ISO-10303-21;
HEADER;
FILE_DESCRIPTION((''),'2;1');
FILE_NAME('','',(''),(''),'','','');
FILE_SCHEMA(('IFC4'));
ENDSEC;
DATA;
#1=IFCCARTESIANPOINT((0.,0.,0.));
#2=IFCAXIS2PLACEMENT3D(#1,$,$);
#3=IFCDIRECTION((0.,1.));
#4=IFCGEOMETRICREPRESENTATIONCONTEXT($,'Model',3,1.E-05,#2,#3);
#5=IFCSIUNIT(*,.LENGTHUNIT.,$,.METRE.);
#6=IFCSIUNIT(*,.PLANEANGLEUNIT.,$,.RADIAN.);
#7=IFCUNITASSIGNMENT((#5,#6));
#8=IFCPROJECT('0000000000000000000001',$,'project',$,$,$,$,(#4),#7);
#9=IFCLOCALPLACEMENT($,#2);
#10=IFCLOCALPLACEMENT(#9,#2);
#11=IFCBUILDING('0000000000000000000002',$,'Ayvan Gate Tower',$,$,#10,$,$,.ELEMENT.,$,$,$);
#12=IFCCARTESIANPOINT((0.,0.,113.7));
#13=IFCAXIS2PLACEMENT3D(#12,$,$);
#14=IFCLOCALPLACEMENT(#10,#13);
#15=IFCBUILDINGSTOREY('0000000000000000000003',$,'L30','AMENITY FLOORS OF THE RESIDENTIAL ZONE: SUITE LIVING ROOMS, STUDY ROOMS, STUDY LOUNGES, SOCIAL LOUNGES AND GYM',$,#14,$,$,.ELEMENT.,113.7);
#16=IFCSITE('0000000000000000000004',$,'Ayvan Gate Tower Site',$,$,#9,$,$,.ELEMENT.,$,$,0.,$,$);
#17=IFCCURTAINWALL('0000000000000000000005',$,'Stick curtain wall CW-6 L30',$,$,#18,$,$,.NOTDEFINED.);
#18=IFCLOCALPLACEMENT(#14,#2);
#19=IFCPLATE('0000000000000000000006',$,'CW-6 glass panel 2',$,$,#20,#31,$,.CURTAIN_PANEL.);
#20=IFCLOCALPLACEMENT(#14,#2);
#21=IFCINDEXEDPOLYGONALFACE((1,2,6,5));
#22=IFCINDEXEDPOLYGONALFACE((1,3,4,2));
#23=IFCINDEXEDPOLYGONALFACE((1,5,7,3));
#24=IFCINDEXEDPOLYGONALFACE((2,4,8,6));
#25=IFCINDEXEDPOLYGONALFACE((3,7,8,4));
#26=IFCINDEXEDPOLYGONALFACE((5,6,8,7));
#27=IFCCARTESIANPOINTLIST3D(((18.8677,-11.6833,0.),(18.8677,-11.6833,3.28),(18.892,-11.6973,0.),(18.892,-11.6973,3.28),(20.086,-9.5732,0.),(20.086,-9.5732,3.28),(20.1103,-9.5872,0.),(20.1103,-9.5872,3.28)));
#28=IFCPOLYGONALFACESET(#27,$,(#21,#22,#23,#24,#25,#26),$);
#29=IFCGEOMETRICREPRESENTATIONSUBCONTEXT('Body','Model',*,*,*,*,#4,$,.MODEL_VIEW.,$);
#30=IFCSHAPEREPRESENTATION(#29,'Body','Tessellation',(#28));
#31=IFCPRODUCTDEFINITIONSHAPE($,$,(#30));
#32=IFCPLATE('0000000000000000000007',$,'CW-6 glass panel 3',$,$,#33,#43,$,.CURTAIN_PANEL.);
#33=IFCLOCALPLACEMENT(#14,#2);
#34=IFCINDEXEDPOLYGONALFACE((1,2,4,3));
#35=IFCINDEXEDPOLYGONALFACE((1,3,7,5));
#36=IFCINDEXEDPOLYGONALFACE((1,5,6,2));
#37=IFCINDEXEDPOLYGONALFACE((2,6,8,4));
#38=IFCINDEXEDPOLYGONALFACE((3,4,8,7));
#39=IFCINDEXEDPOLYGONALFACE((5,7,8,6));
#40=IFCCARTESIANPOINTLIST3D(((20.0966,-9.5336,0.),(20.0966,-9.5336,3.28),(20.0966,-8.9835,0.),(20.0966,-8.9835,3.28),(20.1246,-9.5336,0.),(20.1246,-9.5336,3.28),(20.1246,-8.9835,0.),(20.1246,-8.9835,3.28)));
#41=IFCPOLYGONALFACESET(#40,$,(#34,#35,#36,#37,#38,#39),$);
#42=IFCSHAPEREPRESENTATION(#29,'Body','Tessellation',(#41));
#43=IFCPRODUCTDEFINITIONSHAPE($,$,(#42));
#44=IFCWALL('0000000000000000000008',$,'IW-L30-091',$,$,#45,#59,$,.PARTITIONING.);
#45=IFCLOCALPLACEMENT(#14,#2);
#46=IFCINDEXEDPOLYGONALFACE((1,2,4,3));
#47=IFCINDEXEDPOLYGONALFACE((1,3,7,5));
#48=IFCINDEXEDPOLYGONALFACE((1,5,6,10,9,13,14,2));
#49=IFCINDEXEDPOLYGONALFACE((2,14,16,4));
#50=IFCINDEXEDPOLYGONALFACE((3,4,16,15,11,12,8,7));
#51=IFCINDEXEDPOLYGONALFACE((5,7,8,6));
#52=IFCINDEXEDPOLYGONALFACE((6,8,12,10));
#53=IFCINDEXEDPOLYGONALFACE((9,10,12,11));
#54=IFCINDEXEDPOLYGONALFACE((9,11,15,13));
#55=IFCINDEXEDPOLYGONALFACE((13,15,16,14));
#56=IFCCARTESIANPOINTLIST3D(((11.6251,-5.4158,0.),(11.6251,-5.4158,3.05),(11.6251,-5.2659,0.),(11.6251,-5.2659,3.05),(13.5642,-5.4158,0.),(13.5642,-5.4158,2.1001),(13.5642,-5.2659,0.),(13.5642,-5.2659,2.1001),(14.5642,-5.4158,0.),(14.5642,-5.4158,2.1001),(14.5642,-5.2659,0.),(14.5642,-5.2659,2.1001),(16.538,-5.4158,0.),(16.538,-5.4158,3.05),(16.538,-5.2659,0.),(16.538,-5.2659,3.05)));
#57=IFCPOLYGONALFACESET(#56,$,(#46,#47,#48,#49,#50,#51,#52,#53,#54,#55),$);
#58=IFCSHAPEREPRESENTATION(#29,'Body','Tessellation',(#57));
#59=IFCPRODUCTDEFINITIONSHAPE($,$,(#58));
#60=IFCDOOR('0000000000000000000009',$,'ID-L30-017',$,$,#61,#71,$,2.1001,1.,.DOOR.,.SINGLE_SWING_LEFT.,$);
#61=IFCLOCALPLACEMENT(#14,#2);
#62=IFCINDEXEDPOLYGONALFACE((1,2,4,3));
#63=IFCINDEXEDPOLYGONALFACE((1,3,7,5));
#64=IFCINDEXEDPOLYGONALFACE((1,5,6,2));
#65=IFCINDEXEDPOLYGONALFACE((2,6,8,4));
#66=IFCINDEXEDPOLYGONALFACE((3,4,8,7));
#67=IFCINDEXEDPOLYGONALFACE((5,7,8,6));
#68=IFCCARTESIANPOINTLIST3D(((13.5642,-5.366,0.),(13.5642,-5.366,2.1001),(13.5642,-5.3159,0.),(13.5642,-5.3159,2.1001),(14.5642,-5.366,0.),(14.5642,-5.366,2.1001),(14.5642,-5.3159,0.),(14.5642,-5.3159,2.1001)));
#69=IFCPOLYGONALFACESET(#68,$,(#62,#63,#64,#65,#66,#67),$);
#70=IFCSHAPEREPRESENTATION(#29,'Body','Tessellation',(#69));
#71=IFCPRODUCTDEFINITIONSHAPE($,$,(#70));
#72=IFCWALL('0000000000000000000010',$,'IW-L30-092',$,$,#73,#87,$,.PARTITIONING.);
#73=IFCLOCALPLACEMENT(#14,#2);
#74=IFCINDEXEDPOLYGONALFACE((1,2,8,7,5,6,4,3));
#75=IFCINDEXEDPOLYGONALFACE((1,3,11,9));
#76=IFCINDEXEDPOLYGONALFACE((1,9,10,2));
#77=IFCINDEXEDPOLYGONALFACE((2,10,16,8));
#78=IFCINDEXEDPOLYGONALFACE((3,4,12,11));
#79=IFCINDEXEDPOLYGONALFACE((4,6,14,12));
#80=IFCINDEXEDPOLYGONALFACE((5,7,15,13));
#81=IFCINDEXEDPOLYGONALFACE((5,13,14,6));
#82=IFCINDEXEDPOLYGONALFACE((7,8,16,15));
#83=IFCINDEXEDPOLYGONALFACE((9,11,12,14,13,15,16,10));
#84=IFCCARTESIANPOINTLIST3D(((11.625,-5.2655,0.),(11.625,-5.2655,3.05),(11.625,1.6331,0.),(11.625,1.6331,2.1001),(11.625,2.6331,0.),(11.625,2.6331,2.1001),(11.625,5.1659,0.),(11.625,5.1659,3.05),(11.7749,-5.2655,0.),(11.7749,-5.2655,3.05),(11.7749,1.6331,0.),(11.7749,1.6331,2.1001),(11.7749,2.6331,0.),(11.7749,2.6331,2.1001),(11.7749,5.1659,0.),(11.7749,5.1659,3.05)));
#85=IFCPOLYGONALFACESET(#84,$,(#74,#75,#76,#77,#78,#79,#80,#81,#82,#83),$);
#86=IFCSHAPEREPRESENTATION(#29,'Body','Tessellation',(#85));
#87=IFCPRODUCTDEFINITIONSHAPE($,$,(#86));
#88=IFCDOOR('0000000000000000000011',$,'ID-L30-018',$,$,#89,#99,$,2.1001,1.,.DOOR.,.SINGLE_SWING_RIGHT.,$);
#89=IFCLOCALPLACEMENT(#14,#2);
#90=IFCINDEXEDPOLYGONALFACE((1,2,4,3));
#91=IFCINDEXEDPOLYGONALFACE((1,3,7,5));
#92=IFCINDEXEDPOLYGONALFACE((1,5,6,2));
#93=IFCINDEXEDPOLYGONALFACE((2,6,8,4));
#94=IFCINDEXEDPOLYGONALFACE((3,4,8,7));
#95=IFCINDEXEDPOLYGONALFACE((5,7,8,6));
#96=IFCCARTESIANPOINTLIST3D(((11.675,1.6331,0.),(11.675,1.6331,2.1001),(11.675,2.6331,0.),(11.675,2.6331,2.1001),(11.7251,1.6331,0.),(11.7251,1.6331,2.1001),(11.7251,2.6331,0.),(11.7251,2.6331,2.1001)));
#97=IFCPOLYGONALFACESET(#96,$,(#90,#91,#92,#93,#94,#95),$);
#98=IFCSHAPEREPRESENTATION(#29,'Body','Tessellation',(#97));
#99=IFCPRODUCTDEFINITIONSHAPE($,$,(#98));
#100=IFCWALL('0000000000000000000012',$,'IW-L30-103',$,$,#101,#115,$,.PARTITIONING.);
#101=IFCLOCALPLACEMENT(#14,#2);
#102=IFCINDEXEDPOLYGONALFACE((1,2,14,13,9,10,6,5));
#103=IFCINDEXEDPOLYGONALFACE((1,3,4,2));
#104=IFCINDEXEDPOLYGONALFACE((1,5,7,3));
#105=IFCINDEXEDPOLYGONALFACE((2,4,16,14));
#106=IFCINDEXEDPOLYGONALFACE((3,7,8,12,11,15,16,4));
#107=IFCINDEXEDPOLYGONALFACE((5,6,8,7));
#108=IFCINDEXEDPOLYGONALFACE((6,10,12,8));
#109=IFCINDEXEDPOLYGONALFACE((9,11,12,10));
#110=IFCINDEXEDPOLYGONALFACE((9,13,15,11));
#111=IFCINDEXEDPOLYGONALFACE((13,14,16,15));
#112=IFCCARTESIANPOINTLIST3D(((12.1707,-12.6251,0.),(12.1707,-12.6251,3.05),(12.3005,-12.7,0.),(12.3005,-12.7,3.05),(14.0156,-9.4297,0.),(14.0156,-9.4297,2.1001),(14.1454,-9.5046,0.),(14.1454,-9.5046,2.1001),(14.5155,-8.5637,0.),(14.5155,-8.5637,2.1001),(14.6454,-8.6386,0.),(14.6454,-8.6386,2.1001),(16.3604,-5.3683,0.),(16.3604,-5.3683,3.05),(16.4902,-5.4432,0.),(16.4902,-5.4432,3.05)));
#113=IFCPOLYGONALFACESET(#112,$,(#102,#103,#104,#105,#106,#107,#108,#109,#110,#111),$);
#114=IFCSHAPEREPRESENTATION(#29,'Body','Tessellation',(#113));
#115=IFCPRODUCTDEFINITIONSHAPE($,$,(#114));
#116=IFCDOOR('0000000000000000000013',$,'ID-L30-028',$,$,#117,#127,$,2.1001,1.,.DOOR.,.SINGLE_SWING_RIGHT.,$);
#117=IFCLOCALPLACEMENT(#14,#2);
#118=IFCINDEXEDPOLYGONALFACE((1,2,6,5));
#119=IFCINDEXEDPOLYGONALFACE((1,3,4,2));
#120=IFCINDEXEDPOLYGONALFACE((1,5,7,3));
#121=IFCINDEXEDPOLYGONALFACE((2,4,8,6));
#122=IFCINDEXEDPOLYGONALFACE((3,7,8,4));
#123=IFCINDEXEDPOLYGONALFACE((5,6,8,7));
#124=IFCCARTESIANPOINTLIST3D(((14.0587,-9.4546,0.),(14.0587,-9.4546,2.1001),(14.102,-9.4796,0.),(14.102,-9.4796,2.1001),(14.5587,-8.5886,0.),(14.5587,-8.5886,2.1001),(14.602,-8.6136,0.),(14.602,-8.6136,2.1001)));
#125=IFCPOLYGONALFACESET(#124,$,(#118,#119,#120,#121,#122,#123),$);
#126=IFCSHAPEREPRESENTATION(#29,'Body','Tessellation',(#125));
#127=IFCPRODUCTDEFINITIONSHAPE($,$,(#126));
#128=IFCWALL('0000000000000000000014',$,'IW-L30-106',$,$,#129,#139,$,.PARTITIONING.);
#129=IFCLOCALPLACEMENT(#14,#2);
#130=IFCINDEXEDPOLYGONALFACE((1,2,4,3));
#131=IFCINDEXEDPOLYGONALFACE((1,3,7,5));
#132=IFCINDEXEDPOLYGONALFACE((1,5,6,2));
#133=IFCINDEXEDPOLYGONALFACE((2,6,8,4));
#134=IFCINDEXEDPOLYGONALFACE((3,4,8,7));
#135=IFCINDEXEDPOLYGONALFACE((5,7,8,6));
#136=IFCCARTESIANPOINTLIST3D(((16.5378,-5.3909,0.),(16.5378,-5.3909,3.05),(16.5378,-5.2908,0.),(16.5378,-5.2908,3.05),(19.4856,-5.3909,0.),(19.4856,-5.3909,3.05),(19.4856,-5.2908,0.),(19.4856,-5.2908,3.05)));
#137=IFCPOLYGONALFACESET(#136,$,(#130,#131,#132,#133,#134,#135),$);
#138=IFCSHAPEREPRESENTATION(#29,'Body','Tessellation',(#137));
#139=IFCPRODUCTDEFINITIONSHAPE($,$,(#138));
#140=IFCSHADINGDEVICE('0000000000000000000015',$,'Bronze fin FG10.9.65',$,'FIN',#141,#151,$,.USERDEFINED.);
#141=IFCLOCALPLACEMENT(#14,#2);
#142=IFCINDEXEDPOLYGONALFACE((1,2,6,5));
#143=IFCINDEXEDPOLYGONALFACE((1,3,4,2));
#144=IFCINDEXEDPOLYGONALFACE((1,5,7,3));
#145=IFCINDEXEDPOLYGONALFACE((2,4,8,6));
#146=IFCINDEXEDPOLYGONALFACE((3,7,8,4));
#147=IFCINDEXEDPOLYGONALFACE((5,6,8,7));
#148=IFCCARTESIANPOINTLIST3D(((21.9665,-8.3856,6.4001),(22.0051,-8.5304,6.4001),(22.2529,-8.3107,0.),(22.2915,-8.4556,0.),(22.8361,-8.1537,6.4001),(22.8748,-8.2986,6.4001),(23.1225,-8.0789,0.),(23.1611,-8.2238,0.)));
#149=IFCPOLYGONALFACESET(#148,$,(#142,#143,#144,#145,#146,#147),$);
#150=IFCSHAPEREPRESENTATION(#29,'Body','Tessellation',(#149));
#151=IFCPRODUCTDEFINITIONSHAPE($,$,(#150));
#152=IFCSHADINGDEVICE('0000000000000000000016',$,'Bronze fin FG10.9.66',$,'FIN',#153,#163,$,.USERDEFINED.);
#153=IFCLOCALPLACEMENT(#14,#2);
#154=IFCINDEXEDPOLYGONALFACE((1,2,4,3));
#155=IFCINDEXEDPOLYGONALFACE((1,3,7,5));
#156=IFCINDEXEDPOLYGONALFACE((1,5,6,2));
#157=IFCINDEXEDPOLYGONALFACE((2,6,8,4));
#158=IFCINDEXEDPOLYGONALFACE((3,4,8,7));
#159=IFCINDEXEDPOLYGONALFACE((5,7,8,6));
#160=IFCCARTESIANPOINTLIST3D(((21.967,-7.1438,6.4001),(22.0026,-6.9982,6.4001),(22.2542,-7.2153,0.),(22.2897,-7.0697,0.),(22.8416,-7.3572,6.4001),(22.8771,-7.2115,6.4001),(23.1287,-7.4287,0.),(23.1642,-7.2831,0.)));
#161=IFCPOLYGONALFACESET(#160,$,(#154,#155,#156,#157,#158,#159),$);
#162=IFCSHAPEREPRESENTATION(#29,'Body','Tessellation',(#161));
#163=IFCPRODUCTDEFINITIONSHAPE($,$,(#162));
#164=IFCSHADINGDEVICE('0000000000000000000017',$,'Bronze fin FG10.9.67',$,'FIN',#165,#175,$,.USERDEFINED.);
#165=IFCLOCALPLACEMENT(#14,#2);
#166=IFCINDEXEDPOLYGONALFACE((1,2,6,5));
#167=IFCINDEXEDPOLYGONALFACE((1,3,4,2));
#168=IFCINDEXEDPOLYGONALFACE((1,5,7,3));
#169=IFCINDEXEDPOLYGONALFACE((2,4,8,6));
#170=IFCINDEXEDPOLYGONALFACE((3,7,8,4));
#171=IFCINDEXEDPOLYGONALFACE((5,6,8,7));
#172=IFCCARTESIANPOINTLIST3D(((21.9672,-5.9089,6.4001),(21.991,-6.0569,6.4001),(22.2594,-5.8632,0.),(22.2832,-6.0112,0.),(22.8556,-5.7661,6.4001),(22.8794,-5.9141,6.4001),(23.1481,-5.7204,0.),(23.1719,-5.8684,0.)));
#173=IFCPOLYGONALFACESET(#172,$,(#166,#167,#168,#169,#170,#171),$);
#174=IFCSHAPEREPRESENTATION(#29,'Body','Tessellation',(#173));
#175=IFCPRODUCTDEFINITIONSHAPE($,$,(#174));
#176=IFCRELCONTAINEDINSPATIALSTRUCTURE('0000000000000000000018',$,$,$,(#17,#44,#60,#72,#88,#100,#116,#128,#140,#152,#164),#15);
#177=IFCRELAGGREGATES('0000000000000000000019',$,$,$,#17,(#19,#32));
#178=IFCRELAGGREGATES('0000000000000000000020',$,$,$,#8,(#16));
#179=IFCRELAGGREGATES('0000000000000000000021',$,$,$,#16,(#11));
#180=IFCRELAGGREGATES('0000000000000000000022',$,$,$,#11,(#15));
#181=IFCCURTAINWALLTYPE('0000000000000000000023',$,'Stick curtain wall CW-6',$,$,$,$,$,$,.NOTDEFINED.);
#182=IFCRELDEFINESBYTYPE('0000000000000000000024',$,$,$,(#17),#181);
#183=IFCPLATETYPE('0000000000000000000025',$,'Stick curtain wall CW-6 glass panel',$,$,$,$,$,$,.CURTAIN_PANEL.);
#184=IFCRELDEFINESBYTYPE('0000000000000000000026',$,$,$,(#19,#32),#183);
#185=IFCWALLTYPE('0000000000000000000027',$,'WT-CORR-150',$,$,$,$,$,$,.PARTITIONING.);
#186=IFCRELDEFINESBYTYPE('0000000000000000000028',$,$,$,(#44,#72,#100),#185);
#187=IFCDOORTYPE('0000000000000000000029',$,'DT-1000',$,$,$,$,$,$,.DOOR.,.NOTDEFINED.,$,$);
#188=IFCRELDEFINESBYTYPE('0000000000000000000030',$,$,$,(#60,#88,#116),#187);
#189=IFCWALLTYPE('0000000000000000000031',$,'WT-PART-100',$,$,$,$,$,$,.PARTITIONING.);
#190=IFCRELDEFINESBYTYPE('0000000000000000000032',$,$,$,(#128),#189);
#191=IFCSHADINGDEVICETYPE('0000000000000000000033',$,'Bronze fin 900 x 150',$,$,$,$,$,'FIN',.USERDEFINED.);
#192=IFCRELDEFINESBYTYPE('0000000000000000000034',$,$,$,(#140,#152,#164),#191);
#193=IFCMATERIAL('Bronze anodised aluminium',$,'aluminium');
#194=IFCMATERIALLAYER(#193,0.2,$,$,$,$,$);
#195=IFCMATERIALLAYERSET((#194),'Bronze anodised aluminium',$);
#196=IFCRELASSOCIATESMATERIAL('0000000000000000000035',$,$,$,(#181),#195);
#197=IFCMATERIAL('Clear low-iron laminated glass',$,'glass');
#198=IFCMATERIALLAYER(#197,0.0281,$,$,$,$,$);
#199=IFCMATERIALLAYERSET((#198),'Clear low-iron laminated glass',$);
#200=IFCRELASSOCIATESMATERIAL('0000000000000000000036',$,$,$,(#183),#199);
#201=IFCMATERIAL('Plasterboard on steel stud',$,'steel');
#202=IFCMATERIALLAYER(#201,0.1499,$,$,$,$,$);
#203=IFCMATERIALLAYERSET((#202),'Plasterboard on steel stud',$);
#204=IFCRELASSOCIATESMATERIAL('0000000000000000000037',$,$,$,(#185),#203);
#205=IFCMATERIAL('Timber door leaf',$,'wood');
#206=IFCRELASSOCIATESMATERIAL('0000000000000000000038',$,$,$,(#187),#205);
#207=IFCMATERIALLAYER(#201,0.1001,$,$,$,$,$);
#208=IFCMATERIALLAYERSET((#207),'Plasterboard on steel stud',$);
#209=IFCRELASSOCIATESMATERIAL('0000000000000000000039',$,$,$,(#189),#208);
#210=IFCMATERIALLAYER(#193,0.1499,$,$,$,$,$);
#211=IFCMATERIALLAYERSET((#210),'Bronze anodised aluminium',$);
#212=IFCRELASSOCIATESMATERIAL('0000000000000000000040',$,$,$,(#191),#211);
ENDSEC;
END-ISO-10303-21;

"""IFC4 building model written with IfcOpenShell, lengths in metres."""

from ifc_helpers import new_model, si_unit, direction, frame, frame_2d, origin, origin_2d, place, context, subcontext, project, spatial, polyline, rectangle, outline, extrude, material, layer, layer_set, type_object, element, fill, aggregate, save


model = new_model("IFC4")

# Units and contexts
model_context = context("Model", 3, precision=1e-05, world=origin(), true_north=direction((0.0, 1.0)))
body_context = subcontext(model_context, "Body", "Model", "MODEL_VIEW")
ifc_project = project(units=[si_unit("LENGTHUNIT", "METRE"), si_unit("PLANEANGLEUNIT", "RADIAN")], contexts=[model_context])

# Site, building, storey
site_placement = place(None, origin())
site = spatial("IfcSite", under=ifc_project, at=site_placement, Name="Ayvan Gate Tower Site", CompositionType="ELEMENT", RefElevation=0.0)
building_placement = place(site_placement, origin())
building = spatial("IfcBuilding", under=site, at=building_placement, Name="Ayvan Gate Tower", CompositionType="ELEMENT")
storey_placement = place(building_placement, frame((0.0, 0.0, 113.7)))
storey = spatial("IfcBuildingStorey", under=building, at=storey_placement, Name="L30", Description="AMENITY FLOORS OF THE RESIDENTIAL ZONE: SUITE LIVING ROOMS, STUDY ROOMS, STUDY LOUNGES, SOCIAL LOUNGES AND GYM", CompositionType="ELEMENT", Elevation=113.7)

# Curtain wall
ifc_material_1 = material(Name="Bronze anodised aluminium", Category="aluminium")
ifc_layer_1 = layer(ifc_material_1, 0.2)
ifc_layer_set_1 = layer_set([ifc_layer_1], Name="Bronze anodised aluminium")
curtain_wall_type_1 = type_object("IfcCurtainWallType", Name="Stick curtain wall CW-6", PredefinedType="NOTDEFINED", material=ifc_layer_set_1)
curtain_wall_1_placement = place(storey_placement, origin())
curtain_wall_1 = element("IfcCurtainWall", 1, at=curtain_wall_1_placement, inside=storey, type_object=curtain_wall_type_1, Name="Stick curtain wall CW-6 L30", PredefinedType="NOTDEFINED")

# Plates
ifc_material_2 = material(Name="Clear low-iron laminated glass", Category="glass")
ifc_layer_2 = layer(ifc_material_2, 0.0281)
ifc_layer_set_2 = layer_set([ifc_layer_2], Name="Clear low-iron laminated glass")
plate_type_1 = type_object("IfcPlateType", Name="Stick curtain wall CW-6 glass panel", PredefinedType="CURTAIN_PANEL", material=ifc_layer_set_2)
plate_1_placement = place(storey_placement, frame((19.489, -10.6353, 0.0), z_axis=(0.0, 0.0, 1.0), x_axis=(0.5, 0.866025, 0.0)))
plate_1 = element("IfcPlate", 2, at=plate_1_placement, type_object=plate_type_1, Name="CW-6 glass panel 2", PredefinedType="CURTAIN_PANEL", context=body_context, shape_type="SweptSolid", body=[
    extrude(rectangle(XDim=2.4365, YDim=0.0281, at=origin_2d()), origin(), (0.0, 0.0, 1.0), 3.28),
])
plate_2_placement = place(storey_placement, frame((20.1106, -9.2585, 0.0), z_axis=(0.0, 0.0, 1.0), x_axis=(0.0, 1.0, 0.0)))
plate_2 = element("IfcPlate", 3, at=plate_2_placement, type_object=plate_type_1, Name="CW-6 glass panel 3", PredefinedType="CURTAIN_PANEL", context=body_context, shape_type="SweptSolid", body=[
    extrude(rectangle(XDim=0.55, YDim=0.0281, at=origin_2d()), origin(), (0.0, 0.0, 1.0), 3.28),
])
aggregate(curtain_wall_1, [plate_1, plate_2])

# Walls, openings, doors
ifc_material_3 = material(Name="Plasterboard on steel stud", Category="steel")
ifc_layer_3 = layer(ifc_material_3, 0.1499)
ifc_layer_set_3 = layer_set([ifc_layer_3], Name="Plasterboard on steel stud")
wall_type_1 = type_object("IfcWallType", Name="WT-CORR-150", PredefinedType="PARTITIONING", material=ifc_layer_set_3)
wall_1_placement = place(storey_placement, frame((11.625, -5.3408, 0.0), z_axis=(0.0, 0.0, 1.0), x_axis=(1.0, 0.0, 0.0)))
wall_1 = element("IfcWall", 4, at=wall_1_placement, inside=storey, type_object=wall_type_1, Name="IW-L30-091", PredefinedType="PARTITIONING", context=body_context, shape_type="SweptSolid", body=[
    extrude(rectangle(XDim=4.9128, YDim=0.1499, at=frame_2d((2.4565, 0.0))), origin(), (0.0, 0.0, 1.0), 3.05),
])
opening_1_placement = place(wall_1_placement, frame((1.9392, 0.0, 0.0)))
opening_1 = element("IfcOpeningElement", 5, at=opening_1_placement, cuts=wall_1, PredefinedType="OPENING", context=body_context, shape_type="SweptSolid", body=[
    extrude(rectangle(XDim=1.0, YDim=2.1001, at=frame_2d((0.5, 1.05))), frame((0.0, 0.085, 0.0), z_axis=(0.0, -1.0, 0.0), x_axis=(1.0, 0.0, 0.0)), (0.0, 0.0, 1.0), 0.1699),
])
ifc_material_4 = material(Name="Timber door leaf", Category="wood")
door_type = type_object("IfcDoorType", Name="DT-1000", OperationType="NOTDEFINED", PredefinedType="DOOR", material=ifc_material_4)
door_1_placement = place(opening_1_placement, origin())
door_1 = element("IfcDoor", 6, at=door_1_placement, inside=storey, type_object=door_type, Name="ID-L30-017", OperationType="SINGLE_SWING_LEFT", OverallHeight=2.1001, OverallWidth=1.0, PredefinedType="DOOR", context=body_context, shape_type="SweptSolid", body=[
    extrude(rectangle(XDim=1.0, YDim=2.1001, at=frame_2d((0.5, 1.05))), frame((0.0, 0.0249, 0.0), z_axis=(0.0, -1.0, 0.0), x_axis=(1.0, 0.0, 0.0)), (0.0, 0.0, 1.0), 0.05),
])
fill(opening_1, door_1)
wall_2_placement = place(storey_placement, frame((11.7, -5.2656, 0.0), z_axis=(0.0, 0.0, 1.0), x_axis=(0.0, 1.0, 0.0)))
wall_2 = element("IfcWall", 7, at=wall_2_placement, inside=storey, type_object=wall_type_1, Name="IW-L30-092", PredefinedType="PARTITIONING", context=body_context, shape_type="SweptSolid", body=[
    extrude(rectangle(XDim=10.4314, YDim=0.1499, at=frame_2d((5.2158, 0.0))), origin(), (0.0, 0.0, 1.0), 3.05),
])
opening_2_placement = place(wall_2_placement, frame((6.8987, 0.0, 0.0)))
opening_2 = element("IfcOpeningElement", 8, at=opening_2_placement, cuts=wall_2, PredefinedType="OPENING", context=body_context, shape_type="SweptSolid", body=[
    extrude(rectangle(XDim=1.0, YDim=2.1001, at=frame_2d((0.5, 1.05))), frame((0.0, 0.085, 0.0), z_axis=(0.0, -1.0, 0.0), x_axis=(1.0, 0.0, 0.0)), (0.0, 0.0, 1.0), 0.1699),
])
door_2_placement = place(opening_2_placement, origin())
door_2 = element("IfcDoor", 9, at=door_2_placement, inside=storey, type_object=door_type, Name="ID-L30-018", OperationType="SINGLE_SWING_RIGHT", OverallHeight=2.1001, OverallWidth=1.0, PredefinedType="DOOR", context=body_context, shape_type="SweptSolid", body=[
    extrude(rectangle(XDim=1.0, YDim=2.1001, at=frame_2d((0.5, 1.05))), frame((0.0, 0.0249, 0.0), z_axis=(0.0, -1.0, 0.0), x_axis=(1.0, 0.0, 0.0)), (0.0, 0.0, 1.0), 0.05),
])
fill(opening_2, door_2)
wall_3_placement = place(storey_placement, frame((16.4253, -5.4058, 0.0), z_axis=(0.0, 0.0, 1.0), x_axis=(-0.499997, -0.866027, 0.0)))
wall_3 = element("IfcWall", 10, at=wall_3_placement, inside=storey, type_object=wall_type_1, Name="IW-L30-103", PredefinedType="PARTITIONING", context=body_context, shape_type="SweptSolid", body=[
    extrude(rectangle(XDim=8.3794, YDim=0.1499, at=frame_2d((4.1897, 0.0))), origin(), (0.0, 0.0, 1.0), 3.05),
])
opening_3_placement = place(wall_3_placement, frame((3.6897, 0.0, 0.0)))
opening_3 = element("IfcOpeningElement", 11, at=opening_3_placement, cuts=wall_3, PredefinedType="OPENING", context=body_context, shape_type="SweptSolid", body=[
    extrude(rectangle(XDim=1.0, YDim=2.1001, at=frame_2d((0.5, 1.05))), frame((0.0, 0.085, 0.0), z_axis=(0.0, -1.0, 0.0), x_axis=(1.0, 0.0, 0.0)), (0.0, 0.0, 1.0), 0.1699),
])
door_3_placement = place(opening_3_placement, origin())
door_3 = element("IfcDoor", 12, at=door_3_placement, inside=storey, type_object=door_type, Name="ID-L30-028", OperationType="SINGLE_SWING_RIGHT", OverallHeight=2.1001, OverallWidth=1.0, PredefinedType="DOOR", context=body_context, shape_type="SweptSolid", body=[
    extrude(rectangle(XDim=1.0, YDim=2.1001, at=frame_2d((0.5, 1.05))), frame((0.0, 0.0249, 0.0), z_axis=(0.0, -1.0, 0.0), x_axis=(1.0, 0.0, 0.0)), (0.0, 0.0, 1.0), 0.05),
])
fill(opening_3, door_3)

# Wall
ifc_layer_4 = layer(ifc_material_3, 0.1001)
ifc_layer_set_4 = layer_set([ifc_layer_4], Name="Plasterboard on steel stud")
wall_type_2 = type_object("IfcWallType", Name="WT-PART-100", PredefinedType="PARTITIONING", material=ifc_layer_set_4)
wall_4_placement = place(storey_placement, frame((19.4856, -5.3408, 0.0), z_axis=(0.0, 0.0, 1.0), x_axis=(-1.0, 0.0, 0.0)))
element("IfcWall", 13, at=wall_4_placement, inside=storey, type_object=wall_type_2, Name="IW-L30-106", PredefinedType="PARTITIONING", context=body_context, shape_type="SweptSolid", body=[
    extrude(rectangle(XDim=2.9478, YDim=0.1001, at=frame_2d((1.4739, 0.0))), origin(), (0.0, 0.0, 1.0), 3.05),
])

# Shading devices
ifc_layer_5 = layer(ifc_material_1, 0.1499)
ifc_layer_set_5 = layer_set([ifc_layer_5], Name="Bronze anodised aluminium")
shading_device_type = type_object("IfcShadingDeviceType", Name="Bronze fin 900 x 150", ElementType="FIN", PredefinedType="USERDEFINED", material=ifc_layer_set_5)
shading_device_1_placement = place(storey_placement, frame((22.2915, -8.4556, 0.0), z_axis=(0.25757, -0.96626, 0.000228), x_axis=(0.96626, 0.25757, 0.0)))
element("IfcShadingDevice", 14, at=shading_device_1_placement, inside=storey, type_object=shading_device_type, Name="Bronze fin FG10.9.65", ObjectType="FIN", PredefinedType="USERDEFINED", context=body_context, shape_type="SweptSolid", body=[
    extrude(outline(polyline([(0.0, 0.0), (0.9, 0.0), (0.604, 6.4001), (-0.296, 6.4001), (0.0, 0.0)])), origin(), (0.0, 0.0, -1.0), 0.1499),
])
shading_device_2_placement = place(storey_placement, frame((22.2542, -7.2153, 0.0), z_axis=(-0.237044, -0.971499, 0.000225), x_axis=(0.971499, -0.237044, 0.0)))
element("IfcShadingDevice", 15, at=shading_device_2_placement, inside=storey, type_object=shading_device_type, Name="Bronze fin FG10.9.66", ObjectType="FIN", PredefinedType="USERDEFINED", context=body_context, shape_type="SweptSolid", body=[
    extrude(outline(polyline([(0.0, 0.0), (0.9002, 0.0), (0.6043, 6.4001), (-0.2959, 6.4001), (0.0, 0.0)])), origin(), (0.0, 0.0, -1.0), 0.1499),
])
shading_device_3_placement = place(storey_placement, frame((22.2832, -6.0112, 0.0), z_axis=(0.158699, -0.987327, 0.000206), x_axis=(0.987327, 0.158699, 0.0)))
element("IfcShadingDevice", 16, at=shading_device_3_placement, inside=storey, type_object=shading_device_type, Name="Bronze fin FG10.9.67", ObjectType="FIN", PredefinedType="USERDEFINED", context=body_context, shape_type="SweptSolid", body=[
    extrude(outline(polyline([(0.0, 0.0), (0.9001, 0.0), (0.6041, 6.4001), (-0.2958, 6.4001), (0.0, 0.0)])), origin(), (0.0, 0.0, -1.0), 0.1499),
])

save(model, "model.ifc")
